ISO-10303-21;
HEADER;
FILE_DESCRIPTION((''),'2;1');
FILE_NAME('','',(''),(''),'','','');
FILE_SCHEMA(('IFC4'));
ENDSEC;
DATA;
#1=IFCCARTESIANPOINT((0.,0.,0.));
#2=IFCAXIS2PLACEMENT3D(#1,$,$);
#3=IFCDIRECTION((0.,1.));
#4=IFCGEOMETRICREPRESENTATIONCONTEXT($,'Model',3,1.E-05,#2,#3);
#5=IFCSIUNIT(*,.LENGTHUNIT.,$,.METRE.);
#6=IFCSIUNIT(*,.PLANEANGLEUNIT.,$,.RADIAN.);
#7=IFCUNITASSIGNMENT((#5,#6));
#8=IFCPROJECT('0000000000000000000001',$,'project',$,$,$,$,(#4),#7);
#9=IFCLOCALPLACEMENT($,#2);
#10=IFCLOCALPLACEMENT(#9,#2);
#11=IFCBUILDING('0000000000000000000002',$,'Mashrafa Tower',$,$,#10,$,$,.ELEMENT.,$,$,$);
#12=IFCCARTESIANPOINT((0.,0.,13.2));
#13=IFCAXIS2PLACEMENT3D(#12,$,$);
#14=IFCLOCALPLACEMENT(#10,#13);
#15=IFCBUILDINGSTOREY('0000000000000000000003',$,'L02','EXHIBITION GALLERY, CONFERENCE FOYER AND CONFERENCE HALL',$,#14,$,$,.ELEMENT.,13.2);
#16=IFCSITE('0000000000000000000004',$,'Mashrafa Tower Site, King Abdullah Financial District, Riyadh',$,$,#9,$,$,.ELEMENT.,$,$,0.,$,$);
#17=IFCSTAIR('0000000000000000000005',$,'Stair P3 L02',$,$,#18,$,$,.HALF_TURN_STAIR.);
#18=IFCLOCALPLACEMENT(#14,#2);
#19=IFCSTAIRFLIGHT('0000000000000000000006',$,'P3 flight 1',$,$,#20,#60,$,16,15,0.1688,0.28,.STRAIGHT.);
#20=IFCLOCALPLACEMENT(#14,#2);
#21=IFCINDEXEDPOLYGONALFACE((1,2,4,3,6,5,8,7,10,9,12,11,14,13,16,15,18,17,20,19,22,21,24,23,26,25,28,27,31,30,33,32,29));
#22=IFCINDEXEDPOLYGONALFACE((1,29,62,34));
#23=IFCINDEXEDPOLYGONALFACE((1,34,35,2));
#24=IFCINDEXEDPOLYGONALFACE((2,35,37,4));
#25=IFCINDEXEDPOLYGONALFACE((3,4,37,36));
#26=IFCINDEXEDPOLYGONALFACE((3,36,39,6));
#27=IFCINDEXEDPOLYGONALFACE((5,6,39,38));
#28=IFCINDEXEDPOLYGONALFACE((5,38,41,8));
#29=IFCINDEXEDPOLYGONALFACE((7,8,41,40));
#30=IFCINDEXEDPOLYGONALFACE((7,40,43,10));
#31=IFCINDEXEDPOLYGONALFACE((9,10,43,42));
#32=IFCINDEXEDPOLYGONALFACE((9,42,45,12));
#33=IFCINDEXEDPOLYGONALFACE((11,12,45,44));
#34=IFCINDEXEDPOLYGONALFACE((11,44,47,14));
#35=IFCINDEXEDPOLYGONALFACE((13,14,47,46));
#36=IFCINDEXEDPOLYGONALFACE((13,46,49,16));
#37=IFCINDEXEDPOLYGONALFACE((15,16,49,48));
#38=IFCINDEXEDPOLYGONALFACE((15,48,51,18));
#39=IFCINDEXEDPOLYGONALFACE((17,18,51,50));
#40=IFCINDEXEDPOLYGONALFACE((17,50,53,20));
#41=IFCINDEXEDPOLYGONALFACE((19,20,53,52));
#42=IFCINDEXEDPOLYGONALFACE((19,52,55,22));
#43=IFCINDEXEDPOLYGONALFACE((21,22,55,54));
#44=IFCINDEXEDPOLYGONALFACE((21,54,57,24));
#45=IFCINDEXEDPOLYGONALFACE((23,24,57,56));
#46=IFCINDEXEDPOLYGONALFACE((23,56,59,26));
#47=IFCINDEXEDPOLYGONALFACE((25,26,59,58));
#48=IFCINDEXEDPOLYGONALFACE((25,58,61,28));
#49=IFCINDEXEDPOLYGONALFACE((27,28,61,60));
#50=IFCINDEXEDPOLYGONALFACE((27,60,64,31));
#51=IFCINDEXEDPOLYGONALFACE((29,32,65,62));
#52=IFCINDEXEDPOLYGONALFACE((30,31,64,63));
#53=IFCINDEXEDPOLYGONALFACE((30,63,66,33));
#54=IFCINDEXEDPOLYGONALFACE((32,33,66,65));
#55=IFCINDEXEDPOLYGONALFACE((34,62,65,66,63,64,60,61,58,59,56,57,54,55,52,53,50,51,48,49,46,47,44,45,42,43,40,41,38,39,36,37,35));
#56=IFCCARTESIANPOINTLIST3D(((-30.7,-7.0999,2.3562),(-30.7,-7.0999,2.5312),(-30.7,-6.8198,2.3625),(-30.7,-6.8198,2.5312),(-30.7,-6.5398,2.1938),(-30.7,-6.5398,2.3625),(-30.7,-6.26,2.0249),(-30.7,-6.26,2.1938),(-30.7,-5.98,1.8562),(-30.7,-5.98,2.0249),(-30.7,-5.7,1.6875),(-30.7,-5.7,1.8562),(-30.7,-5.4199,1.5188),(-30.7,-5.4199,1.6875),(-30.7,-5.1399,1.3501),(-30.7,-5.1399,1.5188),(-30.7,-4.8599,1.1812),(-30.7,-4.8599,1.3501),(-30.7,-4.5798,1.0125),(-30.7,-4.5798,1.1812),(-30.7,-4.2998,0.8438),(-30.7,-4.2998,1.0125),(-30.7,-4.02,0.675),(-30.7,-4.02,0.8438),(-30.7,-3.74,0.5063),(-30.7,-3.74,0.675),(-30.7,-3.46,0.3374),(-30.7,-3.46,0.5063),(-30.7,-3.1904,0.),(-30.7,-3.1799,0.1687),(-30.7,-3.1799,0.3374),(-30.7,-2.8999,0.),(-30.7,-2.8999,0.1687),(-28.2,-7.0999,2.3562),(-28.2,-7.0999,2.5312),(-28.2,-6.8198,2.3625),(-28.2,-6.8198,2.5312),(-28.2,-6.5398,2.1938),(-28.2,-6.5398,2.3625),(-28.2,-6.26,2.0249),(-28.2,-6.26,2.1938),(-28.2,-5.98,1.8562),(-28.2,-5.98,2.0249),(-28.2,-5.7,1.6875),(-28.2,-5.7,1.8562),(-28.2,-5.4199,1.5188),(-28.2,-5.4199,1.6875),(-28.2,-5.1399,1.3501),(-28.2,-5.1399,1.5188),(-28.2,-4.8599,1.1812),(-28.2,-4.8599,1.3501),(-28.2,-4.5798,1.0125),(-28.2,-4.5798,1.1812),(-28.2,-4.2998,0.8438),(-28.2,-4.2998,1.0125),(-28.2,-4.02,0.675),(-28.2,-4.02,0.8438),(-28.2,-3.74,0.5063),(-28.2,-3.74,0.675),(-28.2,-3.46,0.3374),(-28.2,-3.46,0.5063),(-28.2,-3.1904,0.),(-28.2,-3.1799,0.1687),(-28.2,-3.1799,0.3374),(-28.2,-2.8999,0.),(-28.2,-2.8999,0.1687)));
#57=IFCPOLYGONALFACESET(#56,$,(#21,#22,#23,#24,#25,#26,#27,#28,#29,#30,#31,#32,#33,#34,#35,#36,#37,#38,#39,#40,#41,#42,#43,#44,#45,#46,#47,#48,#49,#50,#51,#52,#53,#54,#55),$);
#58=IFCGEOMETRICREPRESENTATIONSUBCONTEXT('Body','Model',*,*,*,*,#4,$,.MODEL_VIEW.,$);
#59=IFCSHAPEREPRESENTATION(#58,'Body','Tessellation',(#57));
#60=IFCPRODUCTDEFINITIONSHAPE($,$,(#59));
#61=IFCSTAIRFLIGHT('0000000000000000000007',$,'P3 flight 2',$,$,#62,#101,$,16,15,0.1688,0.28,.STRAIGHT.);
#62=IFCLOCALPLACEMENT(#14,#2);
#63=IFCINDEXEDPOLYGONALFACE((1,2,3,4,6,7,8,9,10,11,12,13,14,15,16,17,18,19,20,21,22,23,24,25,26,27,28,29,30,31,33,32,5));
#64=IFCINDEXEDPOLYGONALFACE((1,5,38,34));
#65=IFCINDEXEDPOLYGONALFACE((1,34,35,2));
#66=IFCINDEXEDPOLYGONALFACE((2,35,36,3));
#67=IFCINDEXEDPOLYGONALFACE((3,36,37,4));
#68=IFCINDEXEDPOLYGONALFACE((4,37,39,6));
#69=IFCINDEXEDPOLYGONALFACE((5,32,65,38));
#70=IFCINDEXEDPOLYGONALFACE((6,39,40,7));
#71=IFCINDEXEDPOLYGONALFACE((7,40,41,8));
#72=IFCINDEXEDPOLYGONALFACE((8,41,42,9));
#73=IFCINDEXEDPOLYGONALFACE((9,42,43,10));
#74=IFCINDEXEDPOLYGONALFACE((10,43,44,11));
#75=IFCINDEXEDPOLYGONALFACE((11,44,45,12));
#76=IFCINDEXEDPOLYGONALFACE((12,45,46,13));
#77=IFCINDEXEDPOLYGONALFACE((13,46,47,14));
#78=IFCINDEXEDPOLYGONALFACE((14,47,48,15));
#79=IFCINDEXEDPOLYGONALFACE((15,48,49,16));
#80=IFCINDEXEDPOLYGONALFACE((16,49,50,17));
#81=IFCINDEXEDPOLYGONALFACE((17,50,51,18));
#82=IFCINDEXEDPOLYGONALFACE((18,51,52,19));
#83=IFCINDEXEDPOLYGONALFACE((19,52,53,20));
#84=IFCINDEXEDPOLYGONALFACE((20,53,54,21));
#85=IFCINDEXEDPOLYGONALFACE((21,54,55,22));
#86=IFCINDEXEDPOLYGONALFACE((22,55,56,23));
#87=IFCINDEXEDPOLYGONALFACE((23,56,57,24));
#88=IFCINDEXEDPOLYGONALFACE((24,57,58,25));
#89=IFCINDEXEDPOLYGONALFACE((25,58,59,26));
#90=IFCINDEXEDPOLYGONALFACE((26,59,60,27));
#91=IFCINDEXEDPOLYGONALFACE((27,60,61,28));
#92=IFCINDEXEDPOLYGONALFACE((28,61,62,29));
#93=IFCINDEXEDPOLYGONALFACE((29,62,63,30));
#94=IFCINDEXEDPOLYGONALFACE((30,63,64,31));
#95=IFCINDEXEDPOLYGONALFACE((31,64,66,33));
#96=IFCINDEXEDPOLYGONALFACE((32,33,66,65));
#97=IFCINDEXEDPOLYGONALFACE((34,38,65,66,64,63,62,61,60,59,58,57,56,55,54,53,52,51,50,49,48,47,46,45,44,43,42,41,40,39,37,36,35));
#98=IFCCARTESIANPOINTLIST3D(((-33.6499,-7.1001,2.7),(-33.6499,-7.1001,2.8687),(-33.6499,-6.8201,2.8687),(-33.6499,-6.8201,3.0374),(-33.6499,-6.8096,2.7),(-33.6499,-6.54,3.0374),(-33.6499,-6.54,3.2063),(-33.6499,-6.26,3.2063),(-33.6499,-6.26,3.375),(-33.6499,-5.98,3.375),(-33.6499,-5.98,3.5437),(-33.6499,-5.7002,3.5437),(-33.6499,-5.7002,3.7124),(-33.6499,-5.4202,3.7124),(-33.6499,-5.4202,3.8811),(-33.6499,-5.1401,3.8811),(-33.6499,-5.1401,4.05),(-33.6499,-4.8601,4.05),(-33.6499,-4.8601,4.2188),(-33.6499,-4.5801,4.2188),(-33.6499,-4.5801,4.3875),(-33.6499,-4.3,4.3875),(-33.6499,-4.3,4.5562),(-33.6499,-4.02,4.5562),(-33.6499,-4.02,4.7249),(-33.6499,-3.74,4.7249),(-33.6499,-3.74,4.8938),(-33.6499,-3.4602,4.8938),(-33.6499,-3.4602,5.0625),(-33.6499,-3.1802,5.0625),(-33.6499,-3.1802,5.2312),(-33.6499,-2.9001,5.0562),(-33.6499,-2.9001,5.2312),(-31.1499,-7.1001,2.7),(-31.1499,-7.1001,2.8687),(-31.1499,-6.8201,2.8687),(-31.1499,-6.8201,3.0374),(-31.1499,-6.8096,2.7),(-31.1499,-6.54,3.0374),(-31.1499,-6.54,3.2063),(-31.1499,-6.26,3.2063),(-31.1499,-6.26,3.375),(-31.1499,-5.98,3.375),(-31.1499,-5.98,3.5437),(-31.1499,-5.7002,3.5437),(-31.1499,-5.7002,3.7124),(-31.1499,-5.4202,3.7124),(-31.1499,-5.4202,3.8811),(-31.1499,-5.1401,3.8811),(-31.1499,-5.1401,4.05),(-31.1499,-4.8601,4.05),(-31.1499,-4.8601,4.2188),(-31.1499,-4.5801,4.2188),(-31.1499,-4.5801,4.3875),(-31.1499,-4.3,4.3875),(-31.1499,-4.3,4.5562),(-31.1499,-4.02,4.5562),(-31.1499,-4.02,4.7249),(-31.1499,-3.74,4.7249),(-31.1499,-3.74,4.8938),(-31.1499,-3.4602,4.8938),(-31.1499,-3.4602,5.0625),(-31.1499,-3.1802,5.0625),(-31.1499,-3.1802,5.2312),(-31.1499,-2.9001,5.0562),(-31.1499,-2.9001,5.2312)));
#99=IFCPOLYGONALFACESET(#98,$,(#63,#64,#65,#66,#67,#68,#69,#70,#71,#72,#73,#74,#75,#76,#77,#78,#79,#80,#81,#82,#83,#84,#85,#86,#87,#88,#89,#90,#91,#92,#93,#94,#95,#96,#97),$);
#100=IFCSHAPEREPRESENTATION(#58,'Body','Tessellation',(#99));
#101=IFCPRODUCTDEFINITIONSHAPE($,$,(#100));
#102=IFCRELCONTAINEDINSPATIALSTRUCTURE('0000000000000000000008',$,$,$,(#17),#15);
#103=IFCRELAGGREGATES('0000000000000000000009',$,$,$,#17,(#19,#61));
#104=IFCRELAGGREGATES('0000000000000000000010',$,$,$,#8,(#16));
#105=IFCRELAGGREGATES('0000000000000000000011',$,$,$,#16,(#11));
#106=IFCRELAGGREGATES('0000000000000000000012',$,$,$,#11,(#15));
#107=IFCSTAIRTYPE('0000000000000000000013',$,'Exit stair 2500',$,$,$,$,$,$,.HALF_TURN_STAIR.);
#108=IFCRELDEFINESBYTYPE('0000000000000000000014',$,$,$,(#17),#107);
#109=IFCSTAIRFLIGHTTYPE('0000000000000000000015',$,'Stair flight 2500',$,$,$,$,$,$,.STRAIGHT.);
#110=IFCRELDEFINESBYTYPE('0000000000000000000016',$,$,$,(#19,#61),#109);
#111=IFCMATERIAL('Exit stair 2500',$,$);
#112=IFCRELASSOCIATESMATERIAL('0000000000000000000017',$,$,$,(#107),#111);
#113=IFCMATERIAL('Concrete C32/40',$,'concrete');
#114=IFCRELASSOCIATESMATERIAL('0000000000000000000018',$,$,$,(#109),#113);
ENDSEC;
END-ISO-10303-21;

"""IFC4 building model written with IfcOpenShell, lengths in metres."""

from ifc_helpers import new_model, si_unit, direction, frame, origin, place, context, subcontext, project, spatial, polyline, outline, extrude, material, type_object, element, aggregate, save


model = new_model("IFC4")

# Units and contexts
model_context = context("Model", 3, precision=1e-05, world=origin(), true_north=direction((0.0, 1.0)))
body_context = subcontext(model_context, "Body", "Model", "MODEL_VIEW")
ifc_project = project(units=[si_unit("LENGTHUNIT", "METRE"), si_unit("PLANEANGLEUNIT", "RADIAN")], contexts=[model_context])

# Site, building, storey
site_placement = place(None, origin())
site = spatial("IfcSite", under=ifc_project, at=site_placement, Name="Mashrafa Tower Site, King Abdullah Financial District, Riyadh", CompositionType="ELEMENT", RefElevation=0.0)
building_placement = place(site_placement, origin())
building = spatial("IfcBuilding", under=site, at=building_placement, Name="Mashrafa Tower", CompositionType="ELEMENT")
storey_placement = place(building_placement, frame((0.0, 0.0, 13.2)))
storey = spatial("IfcBuildingStorey", under=building, at=storey_placement, Name="L02", Description="EXHIBITION GALLERY, CONFERENCE FOYER AND CONFERENCE HALL", CompositionType="ELEMENT", Elevation=13.2)

# Stair, stair flights
ifc_material_1 = material(Name="Exit stair 2500")
stair_type = type_object("IfcStairType", Name="Exit stair 2500", PredefinedType="HALF_TURN_STAIR", material=ifc_material_1)
stair_placement = place(storey_placement, origin())
stair = element("IfcStair", 1, at=stair_placement, inside=storey, type_object=stair_type, Name="Stair P3 L02", PredefinedType="HALF_TURN_STAIR")
ifc_material_2 = material(Name="Concrete C32/40", Category="concrete")
stair_flight_type = type_object("IfcStairFlightType", Name="Stair flight 2500", PredefinedType="STRAIGHT", material=ifc_material_2)
stair_flight_1_placement = place(storey_placement, frame((-29.45, -2.8999, 0.0), z_axis=(0.0, 0.0, 1.0), x_axis=(0.0, -1.0, 0.0)))
stair_flight_1 = element("IfcStairFlight", 2, at=stair_flight_1_placement, type_object=stair_flight_type, Name="P3 flight 1", NumberOfRisers=16, NumberOfTreads=15, PredefinedType="STRAIGHT", RiserHeight=0.1688, TreadLength=0.28, context=body_context, shape_type="SweptSolid", body=[
    extrude(outline(polyline([(0.0, 0.0), (0.0, 0.1687), (0.28, 0.1687), (0.28, 0.3374), (0.5601, 0.3374), (0.5601, 0.5063), (0.8401, 0.5063), (0.8401, 0.675), (1.1201, 0.675), (1.1201, 0.8438), (1.3999, 0.8438), (1.3999, 1.0125), (1.6799, 1.0125), (1.6799, 1.1812), (1.96, 1.1812), (1.96, 1.3501), (2.24, 1.3501), (2.24, 1.5188), (2.52, 1.5188), (2.52, 1.6875), (2.8, 1.6875), (2.8, 1.8562), (3.0801, 1.8562), (3.0801, 2.0249), (3.3601, 2.0249), (3.3601, 2.1938), (3.6399, 2.1938), (3.6399, 2.3625), (3.9199, 2.3625), (3.9199, 2.5312), (4.2, 2.5312), (4.2, 2.7), (4.2, 2.3562), (0.2905, 0.0), (0.0, 0.0)])), frame((0.0, 1.25, 0.0), z_axis=(0.0, -1.0, 0.0), x_axis=(1.0, 0.0, 0.0)), (0.0, 0.0, 1.0), 2.5),
])
stair_flight_2_placement = place(storey_placement, frame((-32.3999, -7.1001, 2.7), z_axis=(0.0, 0.0, 1.0), x_axis=(0.0, 1.0, 0.0)))
stair_flight_2 = element("IfcStairFlight", 3, at=stair_flight_2_placement, type_object=stair_flight_type, Name="P3 flight 2", NumberOfRisers=16, NumberOfTreads=15, PredefinedType="STRAIGHT", RiserHeight=0.1688, TreadLength=0.28, context=body_context, shape_type="SweptSolid", body=[
    extrude(outline(polyline([(0.0, 0.0), (0.0, 0.1687), (0.28, 0.1687), (0.28, 0.3374), (0.5601, 0.3374), (0.5601, 0.5063), (0.8401, 0.5063), (0.8401, 0.675), (1.1201, 0.675), (1.1201, 0.8438), (1.3999, 0.8438), (1.3999, 1.0125), (1.6799, 1.0125), (1.6799, 1.1812), (1.96, 1.1812), (1.96, 1.3501), (2.24, 1.3501), (2.24, 1.5188), (2.52, 1.5188), (2.52, 1.6875), (2.8, 1.6875), (2.8, 1.8562), (3.0801, 1.8562), (3.0801, 2.0249), (3.3601, 2.0249), (3.3601, 2.1938), (3.6399, 2.1938), (3.6399, 2.3625), (3.9199, 2.3625), (3.9199, 2.5312), (4.2, 2.5312), (4.2, 2.7), (4.2, 2.3562), (0.2905, 0.0), (0.0, 0.0)])), frame((0.0, 1.25, 0.0), z_axis=(0.0, -1.0, 0.0), x_axis=(1.0, 0.0, 0.0)), (0.0, 0.0, 1.0), 2.5),
])
aggregate(stair, [stair_flight_1, stair_flight_2])

save(model, "model.ifc")
